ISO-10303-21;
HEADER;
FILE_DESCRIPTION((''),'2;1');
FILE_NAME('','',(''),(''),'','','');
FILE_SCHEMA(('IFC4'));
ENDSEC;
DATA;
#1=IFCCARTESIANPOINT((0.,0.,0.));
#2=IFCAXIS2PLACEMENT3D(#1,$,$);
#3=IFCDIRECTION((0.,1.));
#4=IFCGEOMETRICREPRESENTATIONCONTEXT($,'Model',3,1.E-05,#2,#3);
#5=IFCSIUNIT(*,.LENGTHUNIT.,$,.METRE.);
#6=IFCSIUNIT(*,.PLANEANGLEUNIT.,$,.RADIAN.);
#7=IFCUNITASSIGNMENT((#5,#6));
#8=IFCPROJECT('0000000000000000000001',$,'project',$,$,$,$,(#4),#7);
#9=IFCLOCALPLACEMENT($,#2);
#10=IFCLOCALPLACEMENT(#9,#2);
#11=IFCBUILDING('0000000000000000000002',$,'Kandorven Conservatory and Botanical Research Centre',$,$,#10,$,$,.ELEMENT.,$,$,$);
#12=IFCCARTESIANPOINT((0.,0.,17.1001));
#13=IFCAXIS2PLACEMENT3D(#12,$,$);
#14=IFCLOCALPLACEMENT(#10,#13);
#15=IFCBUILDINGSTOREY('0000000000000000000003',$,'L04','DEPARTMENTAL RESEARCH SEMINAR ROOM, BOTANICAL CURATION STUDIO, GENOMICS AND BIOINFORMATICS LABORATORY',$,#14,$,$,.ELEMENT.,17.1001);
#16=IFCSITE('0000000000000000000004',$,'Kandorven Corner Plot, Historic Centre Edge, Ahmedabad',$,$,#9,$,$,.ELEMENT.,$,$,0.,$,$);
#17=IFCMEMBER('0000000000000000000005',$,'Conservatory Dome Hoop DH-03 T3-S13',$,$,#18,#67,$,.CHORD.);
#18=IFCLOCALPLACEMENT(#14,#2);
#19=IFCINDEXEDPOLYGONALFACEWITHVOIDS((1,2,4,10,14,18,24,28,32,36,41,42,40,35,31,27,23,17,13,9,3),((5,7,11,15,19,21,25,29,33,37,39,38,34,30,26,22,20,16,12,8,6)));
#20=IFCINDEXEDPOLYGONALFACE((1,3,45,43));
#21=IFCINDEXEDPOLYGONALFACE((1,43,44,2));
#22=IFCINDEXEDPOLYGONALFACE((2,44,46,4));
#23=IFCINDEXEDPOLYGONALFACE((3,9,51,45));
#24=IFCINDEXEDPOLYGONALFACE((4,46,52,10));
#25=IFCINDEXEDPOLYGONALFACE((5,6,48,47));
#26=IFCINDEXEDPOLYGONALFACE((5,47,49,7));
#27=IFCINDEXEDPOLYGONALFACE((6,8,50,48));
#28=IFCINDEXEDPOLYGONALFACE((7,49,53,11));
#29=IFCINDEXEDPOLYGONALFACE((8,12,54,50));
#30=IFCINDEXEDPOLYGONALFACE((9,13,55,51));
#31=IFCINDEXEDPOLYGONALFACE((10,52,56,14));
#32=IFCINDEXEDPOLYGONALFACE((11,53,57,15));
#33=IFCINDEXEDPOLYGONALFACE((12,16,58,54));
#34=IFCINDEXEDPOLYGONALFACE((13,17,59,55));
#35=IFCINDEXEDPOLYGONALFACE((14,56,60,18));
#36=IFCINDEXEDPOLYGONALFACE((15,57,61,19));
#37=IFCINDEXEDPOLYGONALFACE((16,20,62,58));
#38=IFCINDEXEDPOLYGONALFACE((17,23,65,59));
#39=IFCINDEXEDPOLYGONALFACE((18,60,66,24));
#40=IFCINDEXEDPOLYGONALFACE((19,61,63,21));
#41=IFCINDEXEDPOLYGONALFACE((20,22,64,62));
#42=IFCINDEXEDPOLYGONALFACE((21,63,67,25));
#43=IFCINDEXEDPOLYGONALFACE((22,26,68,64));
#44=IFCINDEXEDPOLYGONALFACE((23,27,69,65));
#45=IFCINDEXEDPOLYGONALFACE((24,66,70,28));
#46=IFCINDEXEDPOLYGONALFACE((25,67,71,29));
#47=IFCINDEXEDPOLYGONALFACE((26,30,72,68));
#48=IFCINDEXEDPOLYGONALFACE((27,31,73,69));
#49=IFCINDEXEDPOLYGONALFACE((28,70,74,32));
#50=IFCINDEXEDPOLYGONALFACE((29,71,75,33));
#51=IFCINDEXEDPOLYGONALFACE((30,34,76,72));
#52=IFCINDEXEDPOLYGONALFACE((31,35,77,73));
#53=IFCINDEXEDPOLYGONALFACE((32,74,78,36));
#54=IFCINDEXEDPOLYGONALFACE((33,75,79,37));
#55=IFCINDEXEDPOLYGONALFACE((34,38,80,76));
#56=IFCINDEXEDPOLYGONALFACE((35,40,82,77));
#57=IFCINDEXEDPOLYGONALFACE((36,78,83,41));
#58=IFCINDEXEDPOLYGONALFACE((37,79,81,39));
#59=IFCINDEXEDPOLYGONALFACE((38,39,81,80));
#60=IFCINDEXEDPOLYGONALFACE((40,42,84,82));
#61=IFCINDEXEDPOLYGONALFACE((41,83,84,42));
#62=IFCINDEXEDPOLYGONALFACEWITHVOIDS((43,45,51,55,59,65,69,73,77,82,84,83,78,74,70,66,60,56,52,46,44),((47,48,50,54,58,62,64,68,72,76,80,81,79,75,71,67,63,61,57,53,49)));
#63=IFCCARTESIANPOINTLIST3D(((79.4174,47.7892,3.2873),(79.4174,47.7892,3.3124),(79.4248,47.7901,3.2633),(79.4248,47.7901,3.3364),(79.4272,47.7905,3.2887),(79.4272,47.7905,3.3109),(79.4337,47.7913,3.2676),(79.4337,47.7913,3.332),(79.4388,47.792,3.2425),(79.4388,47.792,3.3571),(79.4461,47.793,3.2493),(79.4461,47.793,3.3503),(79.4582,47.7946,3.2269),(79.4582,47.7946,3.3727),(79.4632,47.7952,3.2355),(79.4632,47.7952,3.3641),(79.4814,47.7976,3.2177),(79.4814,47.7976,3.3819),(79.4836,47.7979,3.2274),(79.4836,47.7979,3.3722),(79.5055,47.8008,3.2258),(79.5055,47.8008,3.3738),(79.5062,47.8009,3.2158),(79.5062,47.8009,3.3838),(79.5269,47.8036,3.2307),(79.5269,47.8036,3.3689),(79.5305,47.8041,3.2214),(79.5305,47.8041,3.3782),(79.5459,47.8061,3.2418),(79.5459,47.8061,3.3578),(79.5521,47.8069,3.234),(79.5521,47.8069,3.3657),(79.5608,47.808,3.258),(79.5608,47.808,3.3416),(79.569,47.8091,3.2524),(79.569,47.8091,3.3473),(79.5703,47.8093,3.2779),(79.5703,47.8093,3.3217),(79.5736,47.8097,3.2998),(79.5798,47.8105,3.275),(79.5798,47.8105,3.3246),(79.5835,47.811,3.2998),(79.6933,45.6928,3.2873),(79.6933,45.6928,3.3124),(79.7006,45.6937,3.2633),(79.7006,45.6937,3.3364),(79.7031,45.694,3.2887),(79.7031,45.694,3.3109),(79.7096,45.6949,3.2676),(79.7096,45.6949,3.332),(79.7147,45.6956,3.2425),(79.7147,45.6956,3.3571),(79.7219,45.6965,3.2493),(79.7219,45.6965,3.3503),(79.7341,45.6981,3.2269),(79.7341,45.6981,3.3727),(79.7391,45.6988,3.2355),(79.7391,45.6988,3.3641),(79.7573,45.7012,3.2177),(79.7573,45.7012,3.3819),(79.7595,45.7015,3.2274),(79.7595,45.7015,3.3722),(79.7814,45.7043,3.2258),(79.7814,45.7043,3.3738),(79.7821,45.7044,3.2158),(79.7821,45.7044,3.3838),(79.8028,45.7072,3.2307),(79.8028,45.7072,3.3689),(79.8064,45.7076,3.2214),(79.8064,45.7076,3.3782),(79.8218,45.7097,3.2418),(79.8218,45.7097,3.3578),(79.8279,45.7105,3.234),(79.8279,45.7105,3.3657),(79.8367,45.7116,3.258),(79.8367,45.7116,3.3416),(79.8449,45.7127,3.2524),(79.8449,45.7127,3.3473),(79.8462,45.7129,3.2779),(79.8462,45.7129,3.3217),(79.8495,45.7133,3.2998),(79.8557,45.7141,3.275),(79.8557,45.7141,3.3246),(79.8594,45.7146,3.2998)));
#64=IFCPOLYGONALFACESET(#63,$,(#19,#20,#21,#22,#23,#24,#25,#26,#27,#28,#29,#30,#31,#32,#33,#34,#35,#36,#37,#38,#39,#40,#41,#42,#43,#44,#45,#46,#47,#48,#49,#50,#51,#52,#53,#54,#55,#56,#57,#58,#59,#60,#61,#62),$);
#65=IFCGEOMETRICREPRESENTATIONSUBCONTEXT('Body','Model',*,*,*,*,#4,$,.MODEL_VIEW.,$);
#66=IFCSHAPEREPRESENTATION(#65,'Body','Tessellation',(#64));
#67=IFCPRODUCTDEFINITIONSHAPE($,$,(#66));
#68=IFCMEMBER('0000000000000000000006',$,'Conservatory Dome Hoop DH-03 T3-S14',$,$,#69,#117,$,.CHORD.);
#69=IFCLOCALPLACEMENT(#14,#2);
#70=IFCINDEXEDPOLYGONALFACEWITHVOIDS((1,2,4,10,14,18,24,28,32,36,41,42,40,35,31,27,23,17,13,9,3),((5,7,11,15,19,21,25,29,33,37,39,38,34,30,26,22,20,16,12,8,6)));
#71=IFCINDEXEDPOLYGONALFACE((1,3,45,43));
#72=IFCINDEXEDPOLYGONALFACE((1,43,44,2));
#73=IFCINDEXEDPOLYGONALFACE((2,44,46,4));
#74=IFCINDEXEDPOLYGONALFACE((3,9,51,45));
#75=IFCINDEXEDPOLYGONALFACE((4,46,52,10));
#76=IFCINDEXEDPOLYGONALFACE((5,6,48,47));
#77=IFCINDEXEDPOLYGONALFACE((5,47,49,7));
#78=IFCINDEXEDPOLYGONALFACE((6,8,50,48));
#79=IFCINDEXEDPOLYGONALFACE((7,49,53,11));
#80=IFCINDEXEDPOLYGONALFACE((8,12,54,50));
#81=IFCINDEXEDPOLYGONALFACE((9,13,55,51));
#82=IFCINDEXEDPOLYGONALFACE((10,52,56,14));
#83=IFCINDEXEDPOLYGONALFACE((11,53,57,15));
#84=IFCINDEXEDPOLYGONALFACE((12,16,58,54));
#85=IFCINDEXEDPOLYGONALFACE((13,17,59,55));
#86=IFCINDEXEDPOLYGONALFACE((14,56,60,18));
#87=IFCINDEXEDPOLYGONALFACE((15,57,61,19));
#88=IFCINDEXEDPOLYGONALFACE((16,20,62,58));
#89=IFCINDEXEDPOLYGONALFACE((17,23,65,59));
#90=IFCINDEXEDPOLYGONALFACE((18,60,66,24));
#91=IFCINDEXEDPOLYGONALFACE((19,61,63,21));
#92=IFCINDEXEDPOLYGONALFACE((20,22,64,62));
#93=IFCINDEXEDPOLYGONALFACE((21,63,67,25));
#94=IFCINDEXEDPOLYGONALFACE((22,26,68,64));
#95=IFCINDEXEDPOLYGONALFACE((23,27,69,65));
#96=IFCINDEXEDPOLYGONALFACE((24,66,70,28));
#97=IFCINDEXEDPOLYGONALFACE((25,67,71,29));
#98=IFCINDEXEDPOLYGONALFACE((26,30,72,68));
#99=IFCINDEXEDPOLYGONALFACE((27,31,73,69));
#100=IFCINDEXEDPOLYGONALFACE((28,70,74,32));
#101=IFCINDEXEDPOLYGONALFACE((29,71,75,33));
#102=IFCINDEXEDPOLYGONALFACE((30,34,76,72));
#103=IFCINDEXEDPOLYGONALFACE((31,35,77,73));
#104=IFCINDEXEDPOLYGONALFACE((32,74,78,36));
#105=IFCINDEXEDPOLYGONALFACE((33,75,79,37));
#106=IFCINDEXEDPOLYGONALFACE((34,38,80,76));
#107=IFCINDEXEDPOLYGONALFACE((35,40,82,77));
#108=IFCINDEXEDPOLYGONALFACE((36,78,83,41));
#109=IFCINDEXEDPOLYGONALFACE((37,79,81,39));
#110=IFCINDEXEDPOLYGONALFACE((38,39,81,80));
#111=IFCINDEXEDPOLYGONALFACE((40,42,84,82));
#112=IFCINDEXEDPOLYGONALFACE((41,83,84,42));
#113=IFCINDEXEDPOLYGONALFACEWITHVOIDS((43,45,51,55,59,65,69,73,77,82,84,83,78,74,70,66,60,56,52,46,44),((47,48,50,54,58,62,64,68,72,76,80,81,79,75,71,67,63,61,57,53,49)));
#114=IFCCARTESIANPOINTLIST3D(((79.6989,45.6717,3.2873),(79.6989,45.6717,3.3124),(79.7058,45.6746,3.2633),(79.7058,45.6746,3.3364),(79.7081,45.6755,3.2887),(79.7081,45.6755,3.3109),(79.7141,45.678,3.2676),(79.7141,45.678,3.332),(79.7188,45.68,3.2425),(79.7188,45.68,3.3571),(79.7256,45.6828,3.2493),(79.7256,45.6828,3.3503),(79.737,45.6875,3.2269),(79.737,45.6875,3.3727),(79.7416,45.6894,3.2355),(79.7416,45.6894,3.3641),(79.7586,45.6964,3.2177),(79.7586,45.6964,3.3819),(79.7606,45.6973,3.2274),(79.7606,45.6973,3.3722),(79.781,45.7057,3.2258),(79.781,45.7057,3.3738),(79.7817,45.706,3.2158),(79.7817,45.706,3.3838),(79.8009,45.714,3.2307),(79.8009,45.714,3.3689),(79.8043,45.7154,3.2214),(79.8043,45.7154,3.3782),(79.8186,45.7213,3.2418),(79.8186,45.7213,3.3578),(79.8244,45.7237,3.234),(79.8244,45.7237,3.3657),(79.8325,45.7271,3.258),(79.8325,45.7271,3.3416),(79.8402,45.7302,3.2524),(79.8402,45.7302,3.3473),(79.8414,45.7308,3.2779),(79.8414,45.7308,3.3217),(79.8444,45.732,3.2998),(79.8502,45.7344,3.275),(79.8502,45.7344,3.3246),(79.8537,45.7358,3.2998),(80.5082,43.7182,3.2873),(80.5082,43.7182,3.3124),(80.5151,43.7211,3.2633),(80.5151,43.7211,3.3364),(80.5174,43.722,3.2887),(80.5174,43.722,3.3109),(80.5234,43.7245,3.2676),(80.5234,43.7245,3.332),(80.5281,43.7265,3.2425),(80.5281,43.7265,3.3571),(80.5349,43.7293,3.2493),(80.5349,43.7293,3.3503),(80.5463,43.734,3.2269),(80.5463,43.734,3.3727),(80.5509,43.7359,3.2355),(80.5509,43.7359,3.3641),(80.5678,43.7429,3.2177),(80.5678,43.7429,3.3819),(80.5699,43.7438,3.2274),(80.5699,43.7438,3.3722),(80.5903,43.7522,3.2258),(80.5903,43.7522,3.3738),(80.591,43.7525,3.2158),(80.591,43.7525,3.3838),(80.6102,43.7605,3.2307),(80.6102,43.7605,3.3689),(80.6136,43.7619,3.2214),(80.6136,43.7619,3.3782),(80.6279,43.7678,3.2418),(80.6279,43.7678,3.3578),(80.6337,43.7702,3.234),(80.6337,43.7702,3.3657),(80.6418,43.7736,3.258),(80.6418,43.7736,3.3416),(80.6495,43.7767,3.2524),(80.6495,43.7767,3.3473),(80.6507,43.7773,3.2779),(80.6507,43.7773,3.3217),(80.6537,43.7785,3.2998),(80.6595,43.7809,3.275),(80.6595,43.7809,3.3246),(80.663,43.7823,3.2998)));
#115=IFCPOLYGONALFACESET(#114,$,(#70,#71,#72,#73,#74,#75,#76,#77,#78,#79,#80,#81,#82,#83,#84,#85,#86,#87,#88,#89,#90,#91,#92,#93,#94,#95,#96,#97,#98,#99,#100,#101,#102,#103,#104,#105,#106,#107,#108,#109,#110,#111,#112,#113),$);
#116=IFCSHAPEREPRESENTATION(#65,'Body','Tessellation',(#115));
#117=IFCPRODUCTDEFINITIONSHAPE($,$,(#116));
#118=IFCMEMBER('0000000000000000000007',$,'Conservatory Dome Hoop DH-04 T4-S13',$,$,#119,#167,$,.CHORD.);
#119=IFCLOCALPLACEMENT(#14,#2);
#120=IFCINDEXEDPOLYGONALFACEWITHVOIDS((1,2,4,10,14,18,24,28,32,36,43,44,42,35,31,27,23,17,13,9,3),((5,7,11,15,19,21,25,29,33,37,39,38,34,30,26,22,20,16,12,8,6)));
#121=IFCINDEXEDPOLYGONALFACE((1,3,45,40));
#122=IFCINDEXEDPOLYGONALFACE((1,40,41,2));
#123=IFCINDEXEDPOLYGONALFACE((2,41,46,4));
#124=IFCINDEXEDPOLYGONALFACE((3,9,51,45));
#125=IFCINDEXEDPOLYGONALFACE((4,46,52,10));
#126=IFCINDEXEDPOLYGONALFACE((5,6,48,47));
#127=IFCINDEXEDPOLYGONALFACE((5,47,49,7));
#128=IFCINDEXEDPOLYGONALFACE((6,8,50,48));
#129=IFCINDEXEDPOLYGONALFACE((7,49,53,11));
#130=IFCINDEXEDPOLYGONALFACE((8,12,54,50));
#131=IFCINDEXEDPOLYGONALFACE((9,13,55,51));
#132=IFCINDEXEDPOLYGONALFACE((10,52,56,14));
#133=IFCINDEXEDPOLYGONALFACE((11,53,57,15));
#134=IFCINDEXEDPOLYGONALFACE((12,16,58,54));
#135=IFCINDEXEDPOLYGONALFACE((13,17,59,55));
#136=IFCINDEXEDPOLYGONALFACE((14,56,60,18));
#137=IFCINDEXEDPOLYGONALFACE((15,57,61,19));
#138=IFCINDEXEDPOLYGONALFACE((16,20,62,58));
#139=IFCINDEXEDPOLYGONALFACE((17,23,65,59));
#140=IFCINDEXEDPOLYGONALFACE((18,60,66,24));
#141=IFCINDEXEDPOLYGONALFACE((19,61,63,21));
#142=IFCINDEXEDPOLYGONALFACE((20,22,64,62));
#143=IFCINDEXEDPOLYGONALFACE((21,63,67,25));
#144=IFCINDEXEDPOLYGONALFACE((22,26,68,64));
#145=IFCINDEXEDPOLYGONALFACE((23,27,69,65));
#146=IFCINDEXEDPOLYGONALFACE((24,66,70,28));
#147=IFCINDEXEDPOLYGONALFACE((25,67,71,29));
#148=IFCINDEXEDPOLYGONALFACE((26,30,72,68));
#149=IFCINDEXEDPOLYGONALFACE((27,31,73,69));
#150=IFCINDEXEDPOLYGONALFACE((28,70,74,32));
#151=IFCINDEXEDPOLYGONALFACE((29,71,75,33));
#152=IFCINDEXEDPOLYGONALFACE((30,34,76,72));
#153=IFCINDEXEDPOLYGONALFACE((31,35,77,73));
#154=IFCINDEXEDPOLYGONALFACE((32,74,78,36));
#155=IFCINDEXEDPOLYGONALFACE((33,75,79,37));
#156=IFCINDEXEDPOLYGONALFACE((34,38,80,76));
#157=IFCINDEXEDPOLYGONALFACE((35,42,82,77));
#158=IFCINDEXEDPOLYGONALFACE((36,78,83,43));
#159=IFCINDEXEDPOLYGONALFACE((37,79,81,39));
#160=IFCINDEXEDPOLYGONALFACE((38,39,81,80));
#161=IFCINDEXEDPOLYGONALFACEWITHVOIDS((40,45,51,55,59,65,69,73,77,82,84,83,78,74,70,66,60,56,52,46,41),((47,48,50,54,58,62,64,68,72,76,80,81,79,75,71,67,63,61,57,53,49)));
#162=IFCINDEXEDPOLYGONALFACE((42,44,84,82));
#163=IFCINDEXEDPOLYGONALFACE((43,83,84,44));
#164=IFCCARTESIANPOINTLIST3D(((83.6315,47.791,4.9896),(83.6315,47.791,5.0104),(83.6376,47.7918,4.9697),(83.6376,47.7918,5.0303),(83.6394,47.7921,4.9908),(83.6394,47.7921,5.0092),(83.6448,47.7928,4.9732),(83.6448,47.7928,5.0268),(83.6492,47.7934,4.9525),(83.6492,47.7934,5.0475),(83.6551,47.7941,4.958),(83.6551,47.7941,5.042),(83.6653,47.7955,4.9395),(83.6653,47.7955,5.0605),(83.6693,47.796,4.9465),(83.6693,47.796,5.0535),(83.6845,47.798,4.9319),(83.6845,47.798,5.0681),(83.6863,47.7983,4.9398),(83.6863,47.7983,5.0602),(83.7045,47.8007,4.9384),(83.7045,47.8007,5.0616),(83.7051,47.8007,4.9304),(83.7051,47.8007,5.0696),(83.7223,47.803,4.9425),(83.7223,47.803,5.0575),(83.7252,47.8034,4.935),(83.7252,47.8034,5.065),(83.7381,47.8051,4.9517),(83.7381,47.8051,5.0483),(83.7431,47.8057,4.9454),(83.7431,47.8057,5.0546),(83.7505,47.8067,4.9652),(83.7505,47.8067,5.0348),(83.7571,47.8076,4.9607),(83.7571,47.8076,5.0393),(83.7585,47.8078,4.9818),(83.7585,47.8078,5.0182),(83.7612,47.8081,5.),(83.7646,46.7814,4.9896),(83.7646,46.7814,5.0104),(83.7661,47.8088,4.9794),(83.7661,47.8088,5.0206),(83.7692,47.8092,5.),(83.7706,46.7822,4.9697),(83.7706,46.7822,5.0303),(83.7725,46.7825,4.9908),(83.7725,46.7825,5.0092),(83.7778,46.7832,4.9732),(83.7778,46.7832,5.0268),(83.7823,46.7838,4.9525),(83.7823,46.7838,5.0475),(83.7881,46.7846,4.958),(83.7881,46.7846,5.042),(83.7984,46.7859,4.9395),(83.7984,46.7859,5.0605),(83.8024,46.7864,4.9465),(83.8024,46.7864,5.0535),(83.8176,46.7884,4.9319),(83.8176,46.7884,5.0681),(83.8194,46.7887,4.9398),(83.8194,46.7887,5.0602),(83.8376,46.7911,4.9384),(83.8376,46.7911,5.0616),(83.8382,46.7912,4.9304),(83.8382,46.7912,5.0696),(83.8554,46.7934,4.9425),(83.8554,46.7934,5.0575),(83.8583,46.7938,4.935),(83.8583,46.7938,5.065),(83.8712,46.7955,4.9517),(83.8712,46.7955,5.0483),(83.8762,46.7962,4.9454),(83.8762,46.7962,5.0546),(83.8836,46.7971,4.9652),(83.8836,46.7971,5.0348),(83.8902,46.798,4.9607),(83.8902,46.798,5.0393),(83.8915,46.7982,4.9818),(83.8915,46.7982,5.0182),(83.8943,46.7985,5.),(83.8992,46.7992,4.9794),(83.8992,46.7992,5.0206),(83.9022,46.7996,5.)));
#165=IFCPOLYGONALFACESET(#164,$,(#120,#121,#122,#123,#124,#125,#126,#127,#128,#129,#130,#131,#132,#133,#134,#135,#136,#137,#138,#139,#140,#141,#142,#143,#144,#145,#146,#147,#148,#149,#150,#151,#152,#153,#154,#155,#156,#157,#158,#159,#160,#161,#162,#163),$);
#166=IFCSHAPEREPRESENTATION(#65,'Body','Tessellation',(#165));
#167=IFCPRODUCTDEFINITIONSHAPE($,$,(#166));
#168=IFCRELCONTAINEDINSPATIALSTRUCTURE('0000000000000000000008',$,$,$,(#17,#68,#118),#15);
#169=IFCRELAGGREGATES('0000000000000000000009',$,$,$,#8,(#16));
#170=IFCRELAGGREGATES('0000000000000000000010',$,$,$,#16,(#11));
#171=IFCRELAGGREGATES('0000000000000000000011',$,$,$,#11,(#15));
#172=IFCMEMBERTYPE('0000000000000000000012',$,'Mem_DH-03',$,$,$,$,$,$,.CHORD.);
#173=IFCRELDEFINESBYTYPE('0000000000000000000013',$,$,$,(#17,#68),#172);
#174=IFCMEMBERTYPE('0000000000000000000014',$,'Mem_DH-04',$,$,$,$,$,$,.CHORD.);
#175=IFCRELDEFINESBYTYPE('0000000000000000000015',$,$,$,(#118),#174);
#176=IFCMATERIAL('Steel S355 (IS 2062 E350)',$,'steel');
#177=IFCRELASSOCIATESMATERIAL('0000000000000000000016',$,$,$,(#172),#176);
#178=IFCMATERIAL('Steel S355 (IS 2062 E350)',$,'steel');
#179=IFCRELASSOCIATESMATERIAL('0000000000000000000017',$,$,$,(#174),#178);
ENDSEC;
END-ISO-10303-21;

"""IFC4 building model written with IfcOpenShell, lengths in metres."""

from ifc_helpers import new_model, si_unit, direction, frame, origin, origin_2d, place, context, subcontext, project, spatial, hollow_circle, extrude, material, material_profile, profile_set, type_object, element, save


model = new_model("IFC4")

# Units and contexts
model_context = context("Model", 3, precision=1e-05, world=origin(), true_north=direction((0.0, 1.0)))
body_context = subcontext(model_context, "Body", "Model", "MODEL_VIEW")
ifc_project = project(units=[si_unit("LENGTHUNIT", "METRE"), si_unit("PLANEANGLEUNIT", "RADIAN")], contexts=[model_context])

# Site, building, storey
site_placement = place(None, origin())
site = spatial("IfcSite", under=ifc_project, at=site_placement, Name="Kandorven Corner Plot, Historic Centre Edge, Ahmedabad", CompositionType="ELEMENT", RefElevation=0.0)
building_placement = place(site_placement, origin())
building = spatial("IfcBuilding", under=site, at=building_placement, Name="Kandorven Conservatory and Botanical Research Centre", CompositionType="ELEMENT")
storey_placement = place(building_placement, frame((0.0, 0.0, 17.1001)))
storey = spatial("IfcBuildingStorey", under=building, at=storey_placement, Name="L04", Description="DEPARTMENTAL RESEARCH SEMINAR ROOM, BOTANICAL CURATION STUDIO, GENOMICS AND BIOINFORMATICS LABORATORY", CompositionType="ELEMENT", Elevation=17.1001)

# Members
ifc_material_1 = material(Name="Steel S355 (IS 2062 E350)", Category="steel")
ifc_material_profile_1 = material_profile(ifc_material_1, hollow_circle(Radius=0.0842, WallThickness=0.01, at=origin_2d()))
ifc_profile_set_1 = profile_set([ifc_material_profile_1], Name="Steel S355 (IS 2062 E350)")
member_type_1 = type_object("IfcMemberType", Name="Mem_DH-03", PredefinedType="CHORD", material=ifc_profile_set_1)
for number, where, z_axis, x_axis, name in (
    (1, (79.5, 47.8, 3.2998), (0.130469, -0.991452, 0.0), (0.991452, 0.130469, 0.0), "Conservatory Dome Hoop DH-03 T3-S13"),
    (2, (79.7759, 45.7036, 3.2998), (0.382729, -0.923861, 0.0), (0.923861, 0.382729, 0.0), "Conservatory Dome Hoop DH-03 T3-S14"),
):
    element("IfcMember", number, at=place(storey_placement, frame(where, z_axis=z_axis, x_axis=x_axis)), inside=storey, type_object=member_type_1, Name=name, PredefinedType="CHORD", context=body_context, shape_type="SweptSolid", body=[
        extrude(hollow_circle(Radius=0.0842, WallThickness=0.01, at=origin_2d()), origin(), (0.0, 0.0, 1.0), 2.1145),
    ])
ifc_material_2 = material(Name="Steel S355 (IS 2062 E350)", Category="steel")
ifc_material_profile_2 = material_profile(ifc_material_2, hollow_circle(Radius=0.0698, WallThickness=0.0081, at=origin_2d()))
ifc_profile_set_2 = profile_set([ifc_material_profile_2], Name="Steel S355 (IS 2062 E350)")
member_type_2 = type_object("IfcMemberType", Name="Mem_DH-04", PredefinedType="CHORD", material=ifc_profile_set_2)
member_1_placement = place(storey_placement, frame((83.7, 47.8, 5.0), z_axis=(0.130672, -0.991426, 0.0), x_axis=(0.991426, 0.130672, 0.0)))
element("IfcMember", 3, at=member_1_placement, inside=storey, type_object=member_type_2, Name="Conservatory Dome Hoop DH-04 T4-S13", PredefinedType="CHORD", context=body_context, shape_type="SweptSolid", body=[
    extrude(hollow_circle(Radius=0.0698, WallThickness=0.0081, at=origin_2d()), origin(), (0.0, 0.0, 1.0), 1.0183),
])

save(model, "model.ifc")
